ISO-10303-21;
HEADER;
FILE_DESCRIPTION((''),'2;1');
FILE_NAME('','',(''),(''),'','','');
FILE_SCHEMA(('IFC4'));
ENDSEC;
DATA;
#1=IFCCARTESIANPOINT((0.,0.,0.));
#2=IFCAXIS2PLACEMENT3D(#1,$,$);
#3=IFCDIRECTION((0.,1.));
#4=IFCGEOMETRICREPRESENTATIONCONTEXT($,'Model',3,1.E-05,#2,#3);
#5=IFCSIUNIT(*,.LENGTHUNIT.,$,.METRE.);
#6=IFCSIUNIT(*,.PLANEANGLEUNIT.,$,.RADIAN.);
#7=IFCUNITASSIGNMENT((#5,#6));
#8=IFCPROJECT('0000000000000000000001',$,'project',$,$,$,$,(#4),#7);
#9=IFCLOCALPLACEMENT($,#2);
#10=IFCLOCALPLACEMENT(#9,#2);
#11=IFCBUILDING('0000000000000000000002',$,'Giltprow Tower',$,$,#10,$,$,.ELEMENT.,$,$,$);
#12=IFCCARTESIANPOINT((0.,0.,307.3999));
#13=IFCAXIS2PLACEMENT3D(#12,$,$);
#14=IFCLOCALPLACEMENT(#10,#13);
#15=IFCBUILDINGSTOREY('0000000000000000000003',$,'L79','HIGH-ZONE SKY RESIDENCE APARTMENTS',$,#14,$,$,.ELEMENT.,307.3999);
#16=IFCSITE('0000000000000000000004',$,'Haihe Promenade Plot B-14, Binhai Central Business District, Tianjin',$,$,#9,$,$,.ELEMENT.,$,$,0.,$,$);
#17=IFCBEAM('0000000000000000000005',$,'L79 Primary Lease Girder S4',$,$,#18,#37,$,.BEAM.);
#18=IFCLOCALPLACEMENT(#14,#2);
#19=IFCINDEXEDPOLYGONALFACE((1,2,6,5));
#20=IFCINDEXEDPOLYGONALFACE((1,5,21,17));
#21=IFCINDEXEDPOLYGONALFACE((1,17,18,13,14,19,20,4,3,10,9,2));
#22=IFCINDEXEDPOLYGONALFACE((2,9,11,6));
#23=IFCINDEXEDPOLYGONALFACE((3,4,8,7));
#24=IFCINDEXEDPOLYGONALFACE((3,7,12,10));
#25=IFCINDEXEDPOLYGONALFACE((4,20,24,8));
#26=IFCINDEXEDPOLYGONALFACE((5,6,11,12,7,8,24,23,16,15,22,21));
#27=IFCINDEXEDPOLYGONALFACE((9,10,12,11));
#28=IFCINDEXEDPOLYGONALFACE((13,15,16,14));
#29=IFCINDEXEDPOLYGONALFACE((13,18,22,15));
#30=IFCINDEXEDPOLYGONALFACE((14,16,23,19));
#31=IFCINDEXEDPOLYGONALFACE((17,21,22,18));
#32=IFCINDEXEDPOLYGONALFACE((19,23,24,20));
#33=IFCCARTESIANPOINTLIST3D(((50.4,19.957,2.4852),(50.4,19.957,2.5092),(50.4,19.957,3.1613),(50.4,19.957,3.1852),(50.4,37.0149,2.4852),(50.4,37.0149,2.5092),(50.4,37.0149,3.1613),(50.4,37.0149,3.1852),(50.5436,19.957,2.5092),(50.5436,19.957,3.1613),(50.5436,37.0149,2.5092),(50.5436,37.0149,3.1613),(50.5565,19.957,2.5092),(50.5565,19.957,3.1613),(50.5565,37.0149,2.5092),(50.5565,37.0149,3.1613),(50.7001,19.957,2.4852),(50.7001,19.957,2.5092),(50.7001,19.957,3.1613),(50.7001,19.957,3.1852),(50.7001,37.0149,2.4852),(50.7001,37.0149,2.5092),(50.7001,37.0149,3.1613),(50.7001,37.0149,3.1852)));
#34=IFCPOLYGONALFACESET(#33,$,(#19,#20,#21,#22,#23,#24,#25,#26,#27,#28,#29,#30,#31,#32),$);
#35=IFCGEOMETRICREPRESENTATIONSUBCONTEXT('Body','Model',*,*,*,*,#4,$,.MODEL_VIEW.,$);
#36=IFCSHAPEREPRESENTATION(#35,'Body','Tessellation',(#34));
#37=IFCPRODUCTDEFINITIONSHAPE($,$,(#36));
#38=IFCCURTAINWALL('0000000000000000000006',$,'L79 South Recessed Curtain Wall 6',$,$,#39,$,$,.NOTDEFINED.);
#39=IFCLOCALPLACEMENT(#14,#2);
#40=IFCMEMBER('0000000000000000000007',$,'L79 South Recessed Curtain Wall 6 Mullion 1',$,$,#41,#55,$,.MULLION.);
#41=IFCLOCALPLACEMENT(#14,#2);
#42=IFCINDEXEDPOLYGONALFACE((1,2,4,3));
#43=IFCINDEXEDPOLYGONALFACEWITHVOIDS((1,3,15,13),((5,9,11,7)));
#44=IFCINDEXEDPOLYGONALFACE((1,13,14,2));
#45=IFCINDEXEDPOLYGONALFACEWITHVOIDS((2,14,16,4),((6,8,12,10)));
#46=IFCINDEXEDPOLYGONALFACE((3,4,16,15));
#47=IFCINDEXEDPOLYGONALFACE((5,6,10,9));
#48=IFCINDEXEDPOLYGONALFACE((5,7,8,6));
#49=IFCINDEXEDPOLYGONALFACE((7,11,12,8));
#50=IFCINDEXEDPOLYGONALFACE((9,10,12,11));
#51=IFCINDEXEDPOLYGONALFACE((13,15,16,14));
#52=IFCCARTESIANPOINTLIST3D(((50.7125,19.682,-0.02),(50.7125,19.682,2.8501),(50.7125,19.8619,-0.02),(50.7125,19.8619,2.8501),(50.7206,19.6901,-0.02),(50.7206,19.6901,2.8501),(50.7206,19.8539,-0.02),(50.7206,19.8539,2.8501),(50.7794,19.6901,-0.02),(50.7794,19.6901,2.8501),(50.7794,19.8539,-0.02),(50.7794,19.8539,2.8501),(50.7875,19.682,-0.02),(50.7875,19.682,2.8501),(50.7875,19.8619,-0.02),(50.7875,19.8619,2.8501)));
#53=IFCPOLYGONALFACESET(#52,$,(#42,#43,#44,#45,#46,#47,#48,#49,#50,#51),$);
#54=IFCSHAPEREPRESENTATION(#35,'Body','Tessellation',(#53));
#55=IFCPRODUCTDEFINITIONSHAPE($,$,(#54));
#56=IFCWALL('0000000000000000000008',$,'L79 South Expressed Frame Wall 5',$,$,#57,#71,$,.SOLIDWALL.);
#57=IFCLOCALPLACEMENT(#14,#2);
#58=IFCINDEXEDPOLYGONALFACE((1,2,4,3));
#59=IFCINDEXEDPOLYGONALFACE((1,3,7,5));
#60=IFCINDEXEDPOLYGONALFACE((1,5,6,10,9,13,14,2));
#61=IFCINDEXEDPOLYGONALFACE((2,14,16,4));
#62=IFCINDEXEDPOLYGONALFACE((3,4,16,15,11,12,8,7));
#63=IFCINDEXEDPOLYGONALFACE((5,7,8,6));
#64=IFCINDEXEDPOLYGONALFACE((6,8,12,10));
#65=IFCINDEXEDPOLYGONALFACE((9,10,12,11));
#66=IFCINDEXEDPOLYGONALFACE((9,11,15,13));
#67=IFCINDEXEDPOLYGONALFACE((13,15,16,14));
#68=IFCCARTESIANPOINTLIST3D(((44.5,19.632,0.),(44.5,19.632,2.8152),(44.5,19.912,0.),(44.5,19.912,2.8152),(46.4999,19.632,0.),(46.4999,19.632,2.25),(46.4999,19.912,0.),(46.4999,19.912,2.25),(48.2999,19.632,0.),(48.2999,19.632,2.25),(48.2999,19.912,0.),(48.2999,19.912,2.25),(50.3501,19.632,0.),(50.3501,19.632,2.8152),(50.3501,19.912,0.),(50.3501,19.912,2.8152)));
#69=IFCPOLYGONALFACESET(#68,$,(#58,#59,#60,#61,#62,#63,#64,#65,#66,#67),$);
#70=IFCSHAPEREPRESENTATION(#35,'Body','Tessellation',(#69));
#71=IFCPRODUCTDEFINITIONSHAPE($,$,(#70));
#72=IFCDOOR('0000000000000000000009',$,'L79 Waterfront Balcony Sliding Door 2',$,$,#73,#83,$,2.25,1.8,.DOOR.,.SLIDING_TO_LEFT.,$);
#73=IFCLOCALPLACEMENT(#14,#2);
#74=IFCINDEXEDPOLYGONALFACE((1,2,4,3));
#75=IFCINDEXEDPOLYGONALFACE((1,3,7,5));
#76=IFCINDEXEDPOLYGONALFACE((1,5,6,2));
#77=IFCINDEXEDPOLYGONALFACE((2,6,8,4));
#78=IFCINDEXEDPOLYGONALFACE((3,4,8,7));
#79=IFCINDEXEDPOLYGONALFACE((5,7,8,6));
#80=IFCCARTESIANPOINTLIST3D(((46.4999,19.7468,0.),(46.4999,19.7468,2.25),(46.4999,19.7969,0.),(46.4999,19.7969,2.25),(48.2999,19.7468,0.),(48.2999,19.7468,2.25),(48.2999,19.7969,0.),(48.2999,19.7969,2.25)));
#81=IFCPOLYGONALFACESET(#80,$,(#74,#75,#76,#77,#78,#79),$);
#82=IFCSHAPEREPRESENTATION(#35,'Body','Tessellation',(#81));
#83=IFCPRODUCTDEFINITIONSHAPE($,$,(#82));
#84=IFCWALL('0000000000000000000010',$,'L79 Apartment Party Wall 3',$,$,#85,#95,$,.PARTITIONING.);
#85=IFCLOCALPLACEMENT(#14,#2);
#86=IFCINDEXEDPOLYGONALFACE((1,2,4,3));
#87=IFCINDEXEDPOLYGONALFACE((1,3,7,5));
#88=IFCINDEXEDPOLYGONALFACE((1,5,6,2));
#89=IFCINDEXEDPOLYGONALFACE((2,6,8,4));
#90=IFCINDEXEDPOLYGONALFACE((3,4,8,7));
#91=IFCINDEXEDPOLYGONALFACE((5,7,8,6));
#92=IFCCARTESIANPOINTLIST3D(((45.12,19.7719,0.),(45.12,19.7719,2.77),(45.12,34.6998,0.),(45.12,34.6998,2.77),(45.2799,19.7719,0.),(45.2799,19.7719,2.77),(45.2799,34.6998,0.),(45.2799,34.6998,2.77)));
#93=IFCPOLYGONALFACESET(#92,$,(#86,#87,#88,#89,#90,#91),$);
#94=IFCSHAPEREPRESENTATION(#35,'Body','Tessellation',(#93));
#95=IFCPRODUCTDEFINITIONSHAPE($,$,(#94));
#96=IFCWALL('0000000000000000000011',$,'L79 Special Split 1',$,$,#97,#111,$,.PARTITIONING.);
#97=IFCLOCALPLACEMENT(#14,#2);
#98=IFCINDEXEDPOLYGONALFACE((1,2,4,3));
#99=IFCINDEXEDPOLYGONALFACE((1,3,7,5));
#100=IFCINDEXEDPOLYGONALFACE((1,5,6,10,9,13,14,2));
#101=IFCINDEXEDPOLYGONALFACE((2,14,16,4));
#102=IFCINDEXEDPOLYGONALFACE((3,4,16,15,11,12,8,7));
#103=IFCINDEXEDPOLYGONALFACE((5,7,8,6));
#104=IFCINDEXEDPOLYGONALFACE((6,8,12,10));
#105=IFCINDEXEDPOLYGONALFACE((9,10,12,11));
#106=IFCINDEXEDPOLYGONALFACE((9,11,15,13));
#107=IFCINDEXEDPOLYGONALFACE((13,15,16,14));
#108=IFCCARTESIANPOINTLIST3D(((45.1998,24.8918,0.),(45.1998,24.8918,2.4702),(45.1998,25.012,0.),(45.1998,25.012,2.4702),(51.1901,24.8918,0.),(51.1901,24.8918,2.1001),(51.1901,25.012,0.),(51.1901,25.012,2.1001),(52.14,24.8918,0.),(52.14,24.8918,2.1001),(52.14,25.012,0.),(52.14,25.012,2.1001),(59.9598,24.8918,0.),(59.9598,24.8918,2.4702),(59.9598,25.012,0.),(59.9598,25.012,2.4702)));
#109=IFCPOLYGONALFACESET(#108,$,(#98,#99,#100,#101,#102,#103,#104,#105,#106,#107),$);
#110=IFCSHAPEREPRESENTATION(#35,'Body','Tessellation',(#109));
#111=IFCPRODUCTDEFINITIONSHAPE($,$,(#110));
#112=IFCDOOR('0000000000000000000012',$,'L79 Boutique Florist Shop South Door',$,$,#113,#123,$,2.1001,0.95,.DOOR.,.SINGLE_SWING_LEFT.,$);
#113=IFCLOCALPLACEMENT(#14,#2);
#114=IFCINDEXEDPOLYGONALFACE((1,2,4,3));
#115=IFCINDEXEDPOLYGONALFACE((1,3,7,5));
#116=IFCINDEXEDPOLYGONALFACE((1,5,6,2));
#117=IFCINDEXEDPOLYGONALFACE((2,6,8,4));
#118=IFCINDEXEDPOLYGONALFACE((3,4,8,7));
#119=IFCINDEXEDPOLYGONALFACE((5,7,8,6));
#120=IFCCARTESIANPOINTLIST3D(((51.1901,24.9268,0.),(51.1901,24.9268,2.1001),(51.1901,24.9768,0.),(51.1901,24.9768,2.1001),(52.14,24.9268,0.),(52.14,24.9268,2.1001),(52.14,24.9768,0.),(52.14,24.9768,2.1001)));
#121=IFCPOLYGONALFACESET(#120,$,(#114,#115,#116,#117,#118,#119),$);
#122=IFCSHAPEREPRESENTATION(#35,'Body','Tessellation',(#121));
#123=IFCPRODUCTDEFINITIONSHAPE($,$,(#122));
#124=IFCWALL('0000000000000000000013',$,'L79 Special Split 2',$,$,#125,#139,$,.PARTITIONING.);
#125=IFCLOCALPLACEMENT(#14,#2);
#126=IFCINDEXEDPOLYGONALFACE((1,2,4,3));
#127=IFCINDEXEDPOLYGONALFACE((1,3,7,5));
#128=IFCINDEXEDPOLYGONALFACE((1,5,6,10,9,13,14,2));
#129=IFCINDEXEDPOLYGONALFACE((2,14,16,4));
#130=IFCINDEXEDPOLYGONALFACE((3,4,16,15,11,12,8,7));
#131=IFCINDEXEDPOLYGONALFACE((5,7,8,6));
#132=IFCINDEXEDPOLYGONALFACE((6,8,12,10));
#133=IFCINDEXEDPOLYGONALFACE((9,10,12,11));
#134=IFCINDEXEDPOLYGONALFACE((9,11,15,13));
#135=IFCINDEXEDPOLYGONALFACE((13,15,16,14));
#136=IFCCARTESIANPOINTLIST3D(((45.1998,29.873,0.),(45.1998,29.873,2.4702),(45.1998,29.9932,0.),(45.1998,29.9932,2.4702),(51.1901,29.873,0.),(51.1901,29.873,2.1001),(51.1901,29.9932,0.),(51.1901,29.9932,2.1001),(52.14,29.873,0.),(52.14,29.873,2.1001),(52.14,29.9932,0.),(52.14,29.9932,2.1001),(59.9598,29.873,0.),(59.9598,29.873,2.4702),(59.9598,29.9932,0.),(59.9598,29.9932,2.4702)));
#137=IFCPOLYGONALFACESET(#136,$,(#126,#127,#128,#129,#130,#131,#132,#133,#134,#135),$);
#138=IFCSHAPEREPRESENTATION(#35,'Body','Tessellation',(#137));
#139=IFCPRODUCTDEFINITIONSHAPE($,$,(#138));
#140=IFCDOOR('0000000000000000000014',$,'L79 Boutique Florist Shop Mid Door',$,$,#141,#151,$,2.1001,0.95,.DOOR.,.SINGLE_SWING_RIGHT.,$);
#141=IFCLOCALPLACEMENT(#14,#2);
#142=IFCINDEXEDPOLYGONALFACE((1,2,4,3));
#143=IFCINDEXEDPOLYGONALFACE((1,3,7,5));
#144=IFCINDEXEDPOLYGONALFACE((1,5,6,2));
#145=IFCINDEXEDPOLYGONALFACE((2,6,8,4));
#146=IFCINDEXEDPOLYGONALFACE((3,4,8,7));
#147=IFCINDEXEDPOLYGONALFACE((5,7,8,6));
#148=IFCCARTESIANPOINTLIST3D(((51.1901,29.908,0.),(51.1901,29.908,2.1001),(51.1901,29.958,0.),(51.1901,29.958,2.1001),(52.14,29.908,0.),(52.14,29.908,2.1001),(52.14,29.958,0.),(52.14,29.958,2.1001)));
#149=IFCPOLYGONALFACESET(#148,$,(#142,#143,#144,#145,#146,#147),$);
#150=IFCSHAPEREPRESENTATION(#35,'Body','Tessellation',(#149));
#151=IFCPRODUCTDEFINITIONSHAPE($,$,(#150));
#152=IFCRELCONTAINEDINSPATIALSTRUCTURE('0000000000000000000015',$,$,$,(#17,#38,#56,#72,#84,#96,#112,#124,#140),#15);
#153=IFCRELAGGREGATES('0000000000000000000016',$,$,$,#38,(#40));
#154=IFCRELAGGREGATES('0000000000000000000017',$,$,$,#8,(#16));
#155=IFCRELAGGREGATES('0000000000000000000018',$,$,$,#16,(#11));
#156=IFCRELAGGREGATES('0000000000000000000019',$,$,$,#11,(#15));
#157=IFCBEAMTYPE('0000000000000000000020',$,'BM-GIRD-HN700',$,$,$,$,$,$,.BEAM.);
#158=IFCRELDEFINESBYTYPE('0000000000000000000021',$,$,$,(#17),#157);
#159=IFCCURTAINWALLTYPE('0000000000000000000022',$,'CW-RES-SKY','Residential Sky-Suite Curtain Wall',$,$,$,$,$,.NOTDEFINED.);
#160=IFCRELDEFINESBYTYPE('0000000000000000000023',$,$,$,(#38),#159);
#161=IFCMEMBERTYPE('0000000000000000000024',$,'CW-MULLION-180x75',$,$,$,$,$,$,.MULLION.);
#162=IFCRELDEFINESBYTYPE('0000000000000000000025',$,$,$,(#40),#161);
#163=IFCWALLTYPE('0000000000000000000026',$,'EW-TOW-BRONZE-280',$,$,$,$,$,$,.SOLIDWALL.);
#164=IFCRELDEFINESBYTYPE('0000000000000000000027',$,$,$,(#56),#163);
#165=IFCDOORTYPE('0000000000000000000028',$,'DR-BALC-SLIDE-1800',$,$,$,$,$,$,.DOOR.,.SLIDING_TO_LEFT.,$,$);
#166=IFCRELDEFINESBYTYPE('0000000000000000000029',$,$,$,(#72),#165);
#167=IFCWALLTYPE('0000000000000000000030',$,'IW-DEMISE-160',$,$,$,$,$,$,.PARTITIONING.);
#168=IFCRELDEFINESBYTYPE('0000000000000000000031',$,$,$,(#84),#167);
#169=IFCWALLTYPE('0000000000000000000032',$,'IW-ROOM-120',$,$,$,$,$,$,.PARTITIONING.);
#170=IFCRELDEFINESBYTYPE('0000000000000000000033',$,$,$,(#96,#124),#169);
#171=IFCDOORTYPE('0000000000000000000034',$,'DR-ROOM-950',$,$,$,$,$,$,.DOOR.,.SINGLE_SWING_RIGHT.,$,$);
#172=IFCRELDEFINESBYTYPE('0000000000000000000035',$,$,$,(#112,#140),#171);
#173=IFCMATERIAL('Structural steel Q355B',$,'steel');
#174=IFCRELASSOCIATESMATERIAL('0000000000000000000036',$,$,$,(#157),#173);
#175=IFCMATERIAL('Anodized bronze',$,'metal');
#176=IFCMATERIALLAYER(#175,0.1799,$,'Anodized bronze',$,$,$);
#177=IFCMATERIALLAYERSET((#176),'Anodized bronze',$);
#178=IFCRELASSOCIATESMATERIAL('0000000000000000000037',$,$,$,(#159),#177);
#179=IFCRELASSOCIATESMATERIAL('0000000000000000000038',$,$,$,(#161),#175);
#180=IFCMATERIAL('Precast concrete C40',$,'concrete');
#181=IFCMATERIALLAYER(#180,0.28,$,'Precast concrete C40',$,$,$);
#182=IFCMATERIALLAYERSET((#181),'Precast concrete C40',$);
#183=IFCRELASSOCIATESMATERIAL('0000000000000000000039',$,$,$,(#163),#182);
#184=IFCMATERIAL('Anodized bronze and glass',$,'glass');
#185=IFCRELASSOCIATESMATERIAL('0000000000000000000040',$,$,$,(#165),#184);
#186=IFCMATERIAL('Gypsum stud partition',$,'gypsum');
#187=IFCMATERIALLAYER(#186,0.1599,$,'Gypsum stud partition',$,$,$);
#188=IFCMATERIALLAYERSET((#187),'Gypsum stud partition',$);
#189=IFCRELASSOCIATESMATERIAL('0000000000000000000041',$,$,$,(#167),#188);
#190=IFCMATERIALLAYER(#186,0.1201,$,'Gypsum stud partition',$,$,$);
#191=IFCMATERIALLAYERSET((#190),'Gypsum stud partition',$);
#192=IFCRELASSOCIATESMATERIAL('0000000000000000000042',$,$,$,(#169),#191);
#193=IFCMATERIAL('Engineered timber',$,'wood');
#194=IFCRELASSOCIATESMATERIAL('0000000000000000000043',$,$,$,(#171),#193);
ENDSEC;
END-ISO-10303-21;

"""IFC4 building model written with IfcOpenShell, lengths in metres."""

from ifc_helpers import new_model, si_unit, direction, frame, frame_2d, origin, origin_2d, place, context, subcontext, project, spatial, rectangle, hollow_rectangle, i_section, extrude, source, transform, mapped, material, layer, layer_set, material_profile, profile_set, type_object, element, fill, aggregate, save


model = new_model("IFC4")

# Units and contexts
model_context = context("Model", 3, precision=1e-05, world=origin(), true_north=direction((0.0, 1.0)))
body_context = subcontext(model_context, "Body", "Model", "MODEL_VIEW")
ifc_project = project(units=[si_unit("LENGTHUNIT", "METRE"), si_unit("PLANEANGLEUNIT", "RADIAN")], contexts=[model_context])

# Site, building, storey
site_placement = place(None, origin())
site = spatial("IfcSite", under=ifc_project, at=site_placement, Name="Haihe Promenade Plot B-14, Binhai Central Business District, Tianjin", CompositionType="ELEMENT", RefElevation=0.0)
building_placement = place(site_placement, origin())
building = spatial("IfcBuilding", under=site, at=building_placement, Name="Giltprow Tower", CompositionType="ELEMENT")
storey_placement = place(building_placement, frame((0.0, 0.0, 307.3999)))
storey = spatial("IfcBuildingStorey", under=building, at=storey_placement, Name="L79", Description="HIGH-ZONE SKY RESIDENCE APARTMENTS", CompositionType="ELEMENT", Elevation=307.3999)

# Shared definitions
ifc_material_1 = material(Name="Structural steel Q355B", Category="steel")

# Beam
ifc_material_profile_1 = material_profile(ifc_material_1, i_section(OverallWidth=0.3, OverallDepth=0.7, WebThickness=0.0129, FlangeThickness=0.0239, at=origin_2d()), Name="HN 700x300x13x24")
ifc_profile_set_1 = profile_set([ifc_material_profile_1], Name="Structural steel Q355B")
beam_type_1 = type_object("IfcBeamType", Name="BM-GIRD-HN700", PredefinedType="BEAM", material=ifc_profile_set_1)
shared_shape_1 = source(origin(), body_context, "Body", "SweptSolid", [
    extrude(i_section(OverallWidth=0.3, OverallDepth=0.7, WebThickness=0.0129, FlangeThickness=0.0239, at=origin_2d()), origin(), (0.0, 0.0, 1.0), 17.0579),
])
for number, where, z_axis, x_axis, name in (
    (1, (50.55, 19.957, 2.8352), (0.0, 1.0, 0.0), (-1.0, 0.0, 0.0), "L79 Primary Lease Girder S4"),
):
    element("IfcBeam", number, at=place(storey_placement, frame(where, z_axis=z_axis, x_axis=x_axis)), inside=storey, type_object=beam_type_1, Name=name, PredefinedType="BEAM", context=body_context, shape_type="MappedRepresentation", body=[
        mapped(shared_shape_1, transform((0.0, 0.0, 0.0), x_axis=(1.0, 0.0, 0.0), y_axis=(0.0, 1.0, 0.0), z_axis=(0.0, 0.0, 1.0), scale=1.0)),
    ])

# Curtain wall, member
ifc_material_2 = material(Name="Anodized bronze", Category="metal")
ifc_layer_1 = layer(ifc_material_2, 0.1799, Name="Anodized bronze")
ifc_layer_set_1 = layer_set([ifc_layer_1], Name="Anodized bronze")
curtain_wall_type = type_object("IfcCurtainWallType", Name="CW-RES-SKY", Description="Residential Sky-Suite Curtain Wall", PredefinedType="NOTDEFINED", material=ifc_layer_set_1)
curtain_wall_placement = place(storey_placement, origin())
curtain_wall = element("IfcCurtainWall", 2, at=curtain_wall_placement, inside=storey, type_object=curtain_wall_type, Name="L79 South Recessed Curtain Wall 6", PredefinedType="NOTDEFINED")
ifc_material_profile_2 = material_profile(ifc_material_2, hollow_rectangle(XDim=0.075, YDim=0.1799, WallThickness=0.0081, at=origin_2d()), Name="RHS 180x75x8")
ifc_profile_set_2 = profile_set([ifc_material_profile_2], Name="Anodized bronze")
member_type = type_object("IfcMemberType", Name="CW-MULLION-180x75", PredefinedType="MULLION", material=ifc_profile_set_2)
shared_shape_2 = source(origin(), body_context, "Body", "SweptSolid", [
    extrude(hollow_rectangle(XDim=0.075, YDim=0.1799, WallThickness=0.0081, at=origin_2d()), origin(), (0.0, 0.0, 1.0), 2.8701),
])
member_placement = place(storey_placement, frame((50.75, 19.772, -0.02), z_axis=(0.0, 0.0, 1.0), x_axis=(1.0, 0.0, 0.0)))
member = element("IfcMember", 3, at=member_placement, type_object=member_type, Name="L79 South Recessed Curtain Wall 6 Mullion 1", PredefinedType="MULLION", context=body_context, shape_type="MappedRepresentation", body=[
    mapped(shared_shape_2, transform((0.0, 0.0, 0.0), x_axis=(1.0, 0.0, 0.0), y_axis=(0.0, 1.0, 0.0), z_axis=(0.0, 0.0, 1.0), scale=1.0)),
])
aggregate(curtain_wall, [member])

# Wall, opening, door
ifc_material_3 = material(Name="Precast concrete C40", Category="concrete")
ifc_layer_2 = layer(ifc_material_3, 0.28, Name="Precast concrete C40")
ifc_layer_set_2 = layer_set([ifc_layer_2], Name="Precast concrete C40")
wall_type_1 = type_object("IfcWallType", Name="EW-TOW-BRONZE-280", PredefinedType="SOLIDWALL", material=ifc_layer_set_2)
wall_1_placement = place(storey_placement, frame((44.5, 19.772, 0.0), z_axis=(0.0, 0.0, 1.0), x_axis=(1.0, 0.0, 0.0)))
wall_1 = element("IfcWall", 4, at=wall_1_placement, inside=storey, type_object=wall_type_1, Name="L79 South Expressed Frame Wall 5", PredefinedType="SOLIDWALL", context=body_context, shape_type="SweptSolid", body=[
    extrude(rectangle(XDim=5.8501, YDim=0.28, at=frame_2d((2.925, 0.0))), origin(), (0.0, 0.0, 1.0), 2.8152),
])
opening_1_placement = place(wall_1_placement, frame((2.0, 0.0, 0.0)))
opening_1 = element("IfcOpeningElement", 5, at=opening_1_placement, cuts=wall_1, PredefinedType="OPENING", context=body_context, shape_type="SweptSolid", body=[
    extrude(rectangle(XDim=1.8, YDim=2.25, at=frame_2d((0.8999, 1.125))), frame((0.0, 0.1499, 0.0), z_axis=(0.0, -1.0, 0.0), x_axis=(1.0, 0.0, 0.0)), (0.0, 0.0, 1.0), 0.3),
])
ifc_material_4 = material(Name="Anodized bronze and glass", Category="glass")
door_type_1 = type_object("IfcDoorType", Name="DR-BALC-SLIDE-1800", OperationType="SLIDING_TO_LEFT", PredefinedType="DOOR", material=ifc_material_4)
shared_shape_3 = source(origin(), body_context, "Body", "SweptSolid", [
    extrude(rectangle(XDim=1.8, YDim=2.25, at=frame_2d((0.8999, 1.125))), frame((0.0, 0.0249, 0.0), z_axis=(0.0, -1.0, 0.0), x_axis=(1.0, 0.0, 0.0)), (0.0, 0.0, 1.0), 0.05),
])
door_1_placement = place(opening_1_placement, origin())
door_1 = element("IfcDoor", 6, at=door_1_placement, inside=storey, type_object=door_type_1, Name="L79 Waterfront Balcony Sliding Door 2", OperationType="SLIDING_TO_LEFT", OverallHeight=2.25, OverallWidth=1.8, PredefinedType="DOOR", context=body_context, shape_type="MappedRepresentation", body=[
    mapped(shared_shape_3, transform((0.0, 0.0, 0.0), x_axis=(1.0, 0.0, 0.0), y_axis=(0.0, 1.0, 0.0), z_axis=(0.0, 0.0, 1.0), scale=1.0)),
])
fill(opening_1, door_1)

# Wall
ifc_material_5 = material(Name="Gypsum stud partition", Category="gypsum")
ifc_layer_3 = layer(ifc_material_5, 0.1599, Name="Gypsum stud partition")
ifc_layer_set_3 = layer_set([ifc_layer_3], Name="Gypsum stud partition")
wall_type_2 = type_object("IfcWallType", Name="IW-DEMISE-160", PredefinedType="PARTITIONING", material=ifc_layer_set_3)
wall_2_placement = place(storey_placement, frame((45.2, 19.772, 0.0), z_axis=(0.0, 0.0, 1.0), x_axis=(0.0, 1.0, 0.0)))
element("IfcWall", 7, at=wall_2_placement, inside=storey, type_object=wall_type_2, Name="L79 Apartment Party Wall 3", PredefinedType="PARTITIONING", context=body_context, shape_type="SweptSolid", body=[
    extrude(rectangle(XDim=14.928, YDim=0.1599, at=frame_2d((7.4639, 0.0))), origin(), (0.0, 0.0, 1.0), 2.77),
])

# Walls, openings, doors
ifc_layer_4 = layer(ifc_material_5, 0.1201, Name="Gypsum stud partition")
ifc_layer_set_4 = layer_set([ifc_layer_4], Name="Gypsum stud partition")
wall_type_3 = type_object("IfcWallType", Name="IW-ROOM-120", PredefinedType="PARTITIONING", material=ifc_layer_set_4)
wall_3_placement = place(storey_placement, frame((45.2, 24.9519, 0.0), z_axis=(0.0, 0.0, 1.0), x_axis=(1.0, 0.0, 0.0)))
wall_3 = element("IfcWall", 8, at=wall_3_placement, inside=storey, type_object=wall_type_3, Name="L79 Special Split 1", PredefinedType="PARTITIONING", context=body_context, shape_type="SweptSolid", body=[
    extrude(rectangle(XDim=14.76, YDim=0.1201, at=frame_2d((7.3799, 0.0))), origin(), (0.0, 0.0, 1.0), 2.4702),
])
opening_2_placement = place(wall_3_placement, frame((5.99, 0.0, 0.0)))
opening_2 = element("IfcOpeningElement", 9, at=opening_2_placement, cuts=wall_3, PredefinedType="OPENING", context=body_context, shape_type="SweptSolid", body=[
    extrude(rectangle(XDim=0.95, YDim=2.1001, at=frame_2d((0.4751, 1.05))), frame((0.0, 0.0701, 0.0), z_axis=(0.0, -1.0, 0.0), x_axis=(1.0, 0.0, 0.0)), (0.0, 0.0, 1.0), 0.1401),
])
ifc_material_6 = material(Name="Engineered timber", Category="wood")
door_type_2 = type_object("IfcDoorType", Name="DR-ROOM-950", OperationType="SINGLE_SWING_RIGHT", PredefinedType="DOOR", material=ifc_material_6)
shared_shape_4 = source(origin(), body_context, "Body", "SweptSolid", [
    extrude(rectangle(XDim=0.95, YDim=2.1001, at=frame_2d((0.4751, 1.05))), frame((0.0, 0.0249, 0.0), z_axis=(0.0, -1.0, 0.0), x_axis=(1.0, 0.0, 0.0)), (0.0, 0.0, 1.0), 0.05),
])
door_2_placement = place(opening_2_placement, origin())
door_2 = element("IfcDoor", 10, at=door_2_placement, inside=storey, type_object=door_type_2, Name="L79 Boutique Florist Shop South Door", OperationType="SINGLE_SWING_LEFT", OverallHeight=2.1001, OverallWidth=0.95, PredefinedType="DOOR", context=body_context, shape_type="MappedRepresentation", body=[
    mapped(shared_shape_4, transform((0.0, 0.0, 0.0), x_axis=(1.0, 0.0, 0.0), y_axis=(0.0, 1.0, 0.0), z_axis=(0.0, 0.0, 1.0), scale=1.0)),
])
fill(opening_2, door_2)
wall_4_placement = place(storey_placement, frame((45.2, 29.9331, 0.0), z_axis=(0.0, 0.0, 1.0), x_axis=(1.0, 0.0, 0.0)))
wall_4 = element("IfcWall", 11, at=wall_4_placement, inside=storey, type_object=wall_type_3, Name="L79 Special Split 2", PredefinedType="PARTITIONING", context=body_context, shape_type="SweptSolid", body=[
    extrude(rectangle(XDim=14.76, YDim=0.1201, at=frame_2d((7.3799, 0.0))), origin(), (0.0, 0.0, 1.0), 2.4702),
])
opening_3_placement = place(wall_4_placement, frame((5.99, 0.0, 0.0)))
opening_3 = element("IfcOpeningElement", 12, at=opening_3_placement, cuts=wall_4, PredefinedType="OPENING", context=body_context, shape_type="SweptSolid", body=[
    extrude(rectangle(XDim=0.95, YDim=2.1001, at=frame_2d((0.4751, 1.05))), frame((0.0, 0.0701, 0.0), z_axis=(0.0, -1.0, 0.0), x_axis=(1.0, 0.0, 0.0)), (0.0, 0.0, 1.0), 0.1401),
])
door_3_placement = place(opening_3_placement, origin())
door_3 = element("IfcDoor", 13, at=door_3_placement, inside=storey, type_object=door_type_2, Name="L79 Boutique Florist Shop Mid Door", OperationType="SINGLE_SWING_RIGHT", OverallHeight=2.1001, OverallWidth=0.95, PredefinedType="DOOR", context=body_context, shape_type="MappedRepresentation", body=[
    mapped(shared_shape_4, transform((0.0, 0.0, 0.0), x_axis=(1.0, 0.0, 0.0), y_axis=(0.0, 1.0, 0.0), z_axis=(0.0, 0.0, 1.0), scale=1.0)),
])
fill(opening_3, door_3)

save(model, "model.ifc")
